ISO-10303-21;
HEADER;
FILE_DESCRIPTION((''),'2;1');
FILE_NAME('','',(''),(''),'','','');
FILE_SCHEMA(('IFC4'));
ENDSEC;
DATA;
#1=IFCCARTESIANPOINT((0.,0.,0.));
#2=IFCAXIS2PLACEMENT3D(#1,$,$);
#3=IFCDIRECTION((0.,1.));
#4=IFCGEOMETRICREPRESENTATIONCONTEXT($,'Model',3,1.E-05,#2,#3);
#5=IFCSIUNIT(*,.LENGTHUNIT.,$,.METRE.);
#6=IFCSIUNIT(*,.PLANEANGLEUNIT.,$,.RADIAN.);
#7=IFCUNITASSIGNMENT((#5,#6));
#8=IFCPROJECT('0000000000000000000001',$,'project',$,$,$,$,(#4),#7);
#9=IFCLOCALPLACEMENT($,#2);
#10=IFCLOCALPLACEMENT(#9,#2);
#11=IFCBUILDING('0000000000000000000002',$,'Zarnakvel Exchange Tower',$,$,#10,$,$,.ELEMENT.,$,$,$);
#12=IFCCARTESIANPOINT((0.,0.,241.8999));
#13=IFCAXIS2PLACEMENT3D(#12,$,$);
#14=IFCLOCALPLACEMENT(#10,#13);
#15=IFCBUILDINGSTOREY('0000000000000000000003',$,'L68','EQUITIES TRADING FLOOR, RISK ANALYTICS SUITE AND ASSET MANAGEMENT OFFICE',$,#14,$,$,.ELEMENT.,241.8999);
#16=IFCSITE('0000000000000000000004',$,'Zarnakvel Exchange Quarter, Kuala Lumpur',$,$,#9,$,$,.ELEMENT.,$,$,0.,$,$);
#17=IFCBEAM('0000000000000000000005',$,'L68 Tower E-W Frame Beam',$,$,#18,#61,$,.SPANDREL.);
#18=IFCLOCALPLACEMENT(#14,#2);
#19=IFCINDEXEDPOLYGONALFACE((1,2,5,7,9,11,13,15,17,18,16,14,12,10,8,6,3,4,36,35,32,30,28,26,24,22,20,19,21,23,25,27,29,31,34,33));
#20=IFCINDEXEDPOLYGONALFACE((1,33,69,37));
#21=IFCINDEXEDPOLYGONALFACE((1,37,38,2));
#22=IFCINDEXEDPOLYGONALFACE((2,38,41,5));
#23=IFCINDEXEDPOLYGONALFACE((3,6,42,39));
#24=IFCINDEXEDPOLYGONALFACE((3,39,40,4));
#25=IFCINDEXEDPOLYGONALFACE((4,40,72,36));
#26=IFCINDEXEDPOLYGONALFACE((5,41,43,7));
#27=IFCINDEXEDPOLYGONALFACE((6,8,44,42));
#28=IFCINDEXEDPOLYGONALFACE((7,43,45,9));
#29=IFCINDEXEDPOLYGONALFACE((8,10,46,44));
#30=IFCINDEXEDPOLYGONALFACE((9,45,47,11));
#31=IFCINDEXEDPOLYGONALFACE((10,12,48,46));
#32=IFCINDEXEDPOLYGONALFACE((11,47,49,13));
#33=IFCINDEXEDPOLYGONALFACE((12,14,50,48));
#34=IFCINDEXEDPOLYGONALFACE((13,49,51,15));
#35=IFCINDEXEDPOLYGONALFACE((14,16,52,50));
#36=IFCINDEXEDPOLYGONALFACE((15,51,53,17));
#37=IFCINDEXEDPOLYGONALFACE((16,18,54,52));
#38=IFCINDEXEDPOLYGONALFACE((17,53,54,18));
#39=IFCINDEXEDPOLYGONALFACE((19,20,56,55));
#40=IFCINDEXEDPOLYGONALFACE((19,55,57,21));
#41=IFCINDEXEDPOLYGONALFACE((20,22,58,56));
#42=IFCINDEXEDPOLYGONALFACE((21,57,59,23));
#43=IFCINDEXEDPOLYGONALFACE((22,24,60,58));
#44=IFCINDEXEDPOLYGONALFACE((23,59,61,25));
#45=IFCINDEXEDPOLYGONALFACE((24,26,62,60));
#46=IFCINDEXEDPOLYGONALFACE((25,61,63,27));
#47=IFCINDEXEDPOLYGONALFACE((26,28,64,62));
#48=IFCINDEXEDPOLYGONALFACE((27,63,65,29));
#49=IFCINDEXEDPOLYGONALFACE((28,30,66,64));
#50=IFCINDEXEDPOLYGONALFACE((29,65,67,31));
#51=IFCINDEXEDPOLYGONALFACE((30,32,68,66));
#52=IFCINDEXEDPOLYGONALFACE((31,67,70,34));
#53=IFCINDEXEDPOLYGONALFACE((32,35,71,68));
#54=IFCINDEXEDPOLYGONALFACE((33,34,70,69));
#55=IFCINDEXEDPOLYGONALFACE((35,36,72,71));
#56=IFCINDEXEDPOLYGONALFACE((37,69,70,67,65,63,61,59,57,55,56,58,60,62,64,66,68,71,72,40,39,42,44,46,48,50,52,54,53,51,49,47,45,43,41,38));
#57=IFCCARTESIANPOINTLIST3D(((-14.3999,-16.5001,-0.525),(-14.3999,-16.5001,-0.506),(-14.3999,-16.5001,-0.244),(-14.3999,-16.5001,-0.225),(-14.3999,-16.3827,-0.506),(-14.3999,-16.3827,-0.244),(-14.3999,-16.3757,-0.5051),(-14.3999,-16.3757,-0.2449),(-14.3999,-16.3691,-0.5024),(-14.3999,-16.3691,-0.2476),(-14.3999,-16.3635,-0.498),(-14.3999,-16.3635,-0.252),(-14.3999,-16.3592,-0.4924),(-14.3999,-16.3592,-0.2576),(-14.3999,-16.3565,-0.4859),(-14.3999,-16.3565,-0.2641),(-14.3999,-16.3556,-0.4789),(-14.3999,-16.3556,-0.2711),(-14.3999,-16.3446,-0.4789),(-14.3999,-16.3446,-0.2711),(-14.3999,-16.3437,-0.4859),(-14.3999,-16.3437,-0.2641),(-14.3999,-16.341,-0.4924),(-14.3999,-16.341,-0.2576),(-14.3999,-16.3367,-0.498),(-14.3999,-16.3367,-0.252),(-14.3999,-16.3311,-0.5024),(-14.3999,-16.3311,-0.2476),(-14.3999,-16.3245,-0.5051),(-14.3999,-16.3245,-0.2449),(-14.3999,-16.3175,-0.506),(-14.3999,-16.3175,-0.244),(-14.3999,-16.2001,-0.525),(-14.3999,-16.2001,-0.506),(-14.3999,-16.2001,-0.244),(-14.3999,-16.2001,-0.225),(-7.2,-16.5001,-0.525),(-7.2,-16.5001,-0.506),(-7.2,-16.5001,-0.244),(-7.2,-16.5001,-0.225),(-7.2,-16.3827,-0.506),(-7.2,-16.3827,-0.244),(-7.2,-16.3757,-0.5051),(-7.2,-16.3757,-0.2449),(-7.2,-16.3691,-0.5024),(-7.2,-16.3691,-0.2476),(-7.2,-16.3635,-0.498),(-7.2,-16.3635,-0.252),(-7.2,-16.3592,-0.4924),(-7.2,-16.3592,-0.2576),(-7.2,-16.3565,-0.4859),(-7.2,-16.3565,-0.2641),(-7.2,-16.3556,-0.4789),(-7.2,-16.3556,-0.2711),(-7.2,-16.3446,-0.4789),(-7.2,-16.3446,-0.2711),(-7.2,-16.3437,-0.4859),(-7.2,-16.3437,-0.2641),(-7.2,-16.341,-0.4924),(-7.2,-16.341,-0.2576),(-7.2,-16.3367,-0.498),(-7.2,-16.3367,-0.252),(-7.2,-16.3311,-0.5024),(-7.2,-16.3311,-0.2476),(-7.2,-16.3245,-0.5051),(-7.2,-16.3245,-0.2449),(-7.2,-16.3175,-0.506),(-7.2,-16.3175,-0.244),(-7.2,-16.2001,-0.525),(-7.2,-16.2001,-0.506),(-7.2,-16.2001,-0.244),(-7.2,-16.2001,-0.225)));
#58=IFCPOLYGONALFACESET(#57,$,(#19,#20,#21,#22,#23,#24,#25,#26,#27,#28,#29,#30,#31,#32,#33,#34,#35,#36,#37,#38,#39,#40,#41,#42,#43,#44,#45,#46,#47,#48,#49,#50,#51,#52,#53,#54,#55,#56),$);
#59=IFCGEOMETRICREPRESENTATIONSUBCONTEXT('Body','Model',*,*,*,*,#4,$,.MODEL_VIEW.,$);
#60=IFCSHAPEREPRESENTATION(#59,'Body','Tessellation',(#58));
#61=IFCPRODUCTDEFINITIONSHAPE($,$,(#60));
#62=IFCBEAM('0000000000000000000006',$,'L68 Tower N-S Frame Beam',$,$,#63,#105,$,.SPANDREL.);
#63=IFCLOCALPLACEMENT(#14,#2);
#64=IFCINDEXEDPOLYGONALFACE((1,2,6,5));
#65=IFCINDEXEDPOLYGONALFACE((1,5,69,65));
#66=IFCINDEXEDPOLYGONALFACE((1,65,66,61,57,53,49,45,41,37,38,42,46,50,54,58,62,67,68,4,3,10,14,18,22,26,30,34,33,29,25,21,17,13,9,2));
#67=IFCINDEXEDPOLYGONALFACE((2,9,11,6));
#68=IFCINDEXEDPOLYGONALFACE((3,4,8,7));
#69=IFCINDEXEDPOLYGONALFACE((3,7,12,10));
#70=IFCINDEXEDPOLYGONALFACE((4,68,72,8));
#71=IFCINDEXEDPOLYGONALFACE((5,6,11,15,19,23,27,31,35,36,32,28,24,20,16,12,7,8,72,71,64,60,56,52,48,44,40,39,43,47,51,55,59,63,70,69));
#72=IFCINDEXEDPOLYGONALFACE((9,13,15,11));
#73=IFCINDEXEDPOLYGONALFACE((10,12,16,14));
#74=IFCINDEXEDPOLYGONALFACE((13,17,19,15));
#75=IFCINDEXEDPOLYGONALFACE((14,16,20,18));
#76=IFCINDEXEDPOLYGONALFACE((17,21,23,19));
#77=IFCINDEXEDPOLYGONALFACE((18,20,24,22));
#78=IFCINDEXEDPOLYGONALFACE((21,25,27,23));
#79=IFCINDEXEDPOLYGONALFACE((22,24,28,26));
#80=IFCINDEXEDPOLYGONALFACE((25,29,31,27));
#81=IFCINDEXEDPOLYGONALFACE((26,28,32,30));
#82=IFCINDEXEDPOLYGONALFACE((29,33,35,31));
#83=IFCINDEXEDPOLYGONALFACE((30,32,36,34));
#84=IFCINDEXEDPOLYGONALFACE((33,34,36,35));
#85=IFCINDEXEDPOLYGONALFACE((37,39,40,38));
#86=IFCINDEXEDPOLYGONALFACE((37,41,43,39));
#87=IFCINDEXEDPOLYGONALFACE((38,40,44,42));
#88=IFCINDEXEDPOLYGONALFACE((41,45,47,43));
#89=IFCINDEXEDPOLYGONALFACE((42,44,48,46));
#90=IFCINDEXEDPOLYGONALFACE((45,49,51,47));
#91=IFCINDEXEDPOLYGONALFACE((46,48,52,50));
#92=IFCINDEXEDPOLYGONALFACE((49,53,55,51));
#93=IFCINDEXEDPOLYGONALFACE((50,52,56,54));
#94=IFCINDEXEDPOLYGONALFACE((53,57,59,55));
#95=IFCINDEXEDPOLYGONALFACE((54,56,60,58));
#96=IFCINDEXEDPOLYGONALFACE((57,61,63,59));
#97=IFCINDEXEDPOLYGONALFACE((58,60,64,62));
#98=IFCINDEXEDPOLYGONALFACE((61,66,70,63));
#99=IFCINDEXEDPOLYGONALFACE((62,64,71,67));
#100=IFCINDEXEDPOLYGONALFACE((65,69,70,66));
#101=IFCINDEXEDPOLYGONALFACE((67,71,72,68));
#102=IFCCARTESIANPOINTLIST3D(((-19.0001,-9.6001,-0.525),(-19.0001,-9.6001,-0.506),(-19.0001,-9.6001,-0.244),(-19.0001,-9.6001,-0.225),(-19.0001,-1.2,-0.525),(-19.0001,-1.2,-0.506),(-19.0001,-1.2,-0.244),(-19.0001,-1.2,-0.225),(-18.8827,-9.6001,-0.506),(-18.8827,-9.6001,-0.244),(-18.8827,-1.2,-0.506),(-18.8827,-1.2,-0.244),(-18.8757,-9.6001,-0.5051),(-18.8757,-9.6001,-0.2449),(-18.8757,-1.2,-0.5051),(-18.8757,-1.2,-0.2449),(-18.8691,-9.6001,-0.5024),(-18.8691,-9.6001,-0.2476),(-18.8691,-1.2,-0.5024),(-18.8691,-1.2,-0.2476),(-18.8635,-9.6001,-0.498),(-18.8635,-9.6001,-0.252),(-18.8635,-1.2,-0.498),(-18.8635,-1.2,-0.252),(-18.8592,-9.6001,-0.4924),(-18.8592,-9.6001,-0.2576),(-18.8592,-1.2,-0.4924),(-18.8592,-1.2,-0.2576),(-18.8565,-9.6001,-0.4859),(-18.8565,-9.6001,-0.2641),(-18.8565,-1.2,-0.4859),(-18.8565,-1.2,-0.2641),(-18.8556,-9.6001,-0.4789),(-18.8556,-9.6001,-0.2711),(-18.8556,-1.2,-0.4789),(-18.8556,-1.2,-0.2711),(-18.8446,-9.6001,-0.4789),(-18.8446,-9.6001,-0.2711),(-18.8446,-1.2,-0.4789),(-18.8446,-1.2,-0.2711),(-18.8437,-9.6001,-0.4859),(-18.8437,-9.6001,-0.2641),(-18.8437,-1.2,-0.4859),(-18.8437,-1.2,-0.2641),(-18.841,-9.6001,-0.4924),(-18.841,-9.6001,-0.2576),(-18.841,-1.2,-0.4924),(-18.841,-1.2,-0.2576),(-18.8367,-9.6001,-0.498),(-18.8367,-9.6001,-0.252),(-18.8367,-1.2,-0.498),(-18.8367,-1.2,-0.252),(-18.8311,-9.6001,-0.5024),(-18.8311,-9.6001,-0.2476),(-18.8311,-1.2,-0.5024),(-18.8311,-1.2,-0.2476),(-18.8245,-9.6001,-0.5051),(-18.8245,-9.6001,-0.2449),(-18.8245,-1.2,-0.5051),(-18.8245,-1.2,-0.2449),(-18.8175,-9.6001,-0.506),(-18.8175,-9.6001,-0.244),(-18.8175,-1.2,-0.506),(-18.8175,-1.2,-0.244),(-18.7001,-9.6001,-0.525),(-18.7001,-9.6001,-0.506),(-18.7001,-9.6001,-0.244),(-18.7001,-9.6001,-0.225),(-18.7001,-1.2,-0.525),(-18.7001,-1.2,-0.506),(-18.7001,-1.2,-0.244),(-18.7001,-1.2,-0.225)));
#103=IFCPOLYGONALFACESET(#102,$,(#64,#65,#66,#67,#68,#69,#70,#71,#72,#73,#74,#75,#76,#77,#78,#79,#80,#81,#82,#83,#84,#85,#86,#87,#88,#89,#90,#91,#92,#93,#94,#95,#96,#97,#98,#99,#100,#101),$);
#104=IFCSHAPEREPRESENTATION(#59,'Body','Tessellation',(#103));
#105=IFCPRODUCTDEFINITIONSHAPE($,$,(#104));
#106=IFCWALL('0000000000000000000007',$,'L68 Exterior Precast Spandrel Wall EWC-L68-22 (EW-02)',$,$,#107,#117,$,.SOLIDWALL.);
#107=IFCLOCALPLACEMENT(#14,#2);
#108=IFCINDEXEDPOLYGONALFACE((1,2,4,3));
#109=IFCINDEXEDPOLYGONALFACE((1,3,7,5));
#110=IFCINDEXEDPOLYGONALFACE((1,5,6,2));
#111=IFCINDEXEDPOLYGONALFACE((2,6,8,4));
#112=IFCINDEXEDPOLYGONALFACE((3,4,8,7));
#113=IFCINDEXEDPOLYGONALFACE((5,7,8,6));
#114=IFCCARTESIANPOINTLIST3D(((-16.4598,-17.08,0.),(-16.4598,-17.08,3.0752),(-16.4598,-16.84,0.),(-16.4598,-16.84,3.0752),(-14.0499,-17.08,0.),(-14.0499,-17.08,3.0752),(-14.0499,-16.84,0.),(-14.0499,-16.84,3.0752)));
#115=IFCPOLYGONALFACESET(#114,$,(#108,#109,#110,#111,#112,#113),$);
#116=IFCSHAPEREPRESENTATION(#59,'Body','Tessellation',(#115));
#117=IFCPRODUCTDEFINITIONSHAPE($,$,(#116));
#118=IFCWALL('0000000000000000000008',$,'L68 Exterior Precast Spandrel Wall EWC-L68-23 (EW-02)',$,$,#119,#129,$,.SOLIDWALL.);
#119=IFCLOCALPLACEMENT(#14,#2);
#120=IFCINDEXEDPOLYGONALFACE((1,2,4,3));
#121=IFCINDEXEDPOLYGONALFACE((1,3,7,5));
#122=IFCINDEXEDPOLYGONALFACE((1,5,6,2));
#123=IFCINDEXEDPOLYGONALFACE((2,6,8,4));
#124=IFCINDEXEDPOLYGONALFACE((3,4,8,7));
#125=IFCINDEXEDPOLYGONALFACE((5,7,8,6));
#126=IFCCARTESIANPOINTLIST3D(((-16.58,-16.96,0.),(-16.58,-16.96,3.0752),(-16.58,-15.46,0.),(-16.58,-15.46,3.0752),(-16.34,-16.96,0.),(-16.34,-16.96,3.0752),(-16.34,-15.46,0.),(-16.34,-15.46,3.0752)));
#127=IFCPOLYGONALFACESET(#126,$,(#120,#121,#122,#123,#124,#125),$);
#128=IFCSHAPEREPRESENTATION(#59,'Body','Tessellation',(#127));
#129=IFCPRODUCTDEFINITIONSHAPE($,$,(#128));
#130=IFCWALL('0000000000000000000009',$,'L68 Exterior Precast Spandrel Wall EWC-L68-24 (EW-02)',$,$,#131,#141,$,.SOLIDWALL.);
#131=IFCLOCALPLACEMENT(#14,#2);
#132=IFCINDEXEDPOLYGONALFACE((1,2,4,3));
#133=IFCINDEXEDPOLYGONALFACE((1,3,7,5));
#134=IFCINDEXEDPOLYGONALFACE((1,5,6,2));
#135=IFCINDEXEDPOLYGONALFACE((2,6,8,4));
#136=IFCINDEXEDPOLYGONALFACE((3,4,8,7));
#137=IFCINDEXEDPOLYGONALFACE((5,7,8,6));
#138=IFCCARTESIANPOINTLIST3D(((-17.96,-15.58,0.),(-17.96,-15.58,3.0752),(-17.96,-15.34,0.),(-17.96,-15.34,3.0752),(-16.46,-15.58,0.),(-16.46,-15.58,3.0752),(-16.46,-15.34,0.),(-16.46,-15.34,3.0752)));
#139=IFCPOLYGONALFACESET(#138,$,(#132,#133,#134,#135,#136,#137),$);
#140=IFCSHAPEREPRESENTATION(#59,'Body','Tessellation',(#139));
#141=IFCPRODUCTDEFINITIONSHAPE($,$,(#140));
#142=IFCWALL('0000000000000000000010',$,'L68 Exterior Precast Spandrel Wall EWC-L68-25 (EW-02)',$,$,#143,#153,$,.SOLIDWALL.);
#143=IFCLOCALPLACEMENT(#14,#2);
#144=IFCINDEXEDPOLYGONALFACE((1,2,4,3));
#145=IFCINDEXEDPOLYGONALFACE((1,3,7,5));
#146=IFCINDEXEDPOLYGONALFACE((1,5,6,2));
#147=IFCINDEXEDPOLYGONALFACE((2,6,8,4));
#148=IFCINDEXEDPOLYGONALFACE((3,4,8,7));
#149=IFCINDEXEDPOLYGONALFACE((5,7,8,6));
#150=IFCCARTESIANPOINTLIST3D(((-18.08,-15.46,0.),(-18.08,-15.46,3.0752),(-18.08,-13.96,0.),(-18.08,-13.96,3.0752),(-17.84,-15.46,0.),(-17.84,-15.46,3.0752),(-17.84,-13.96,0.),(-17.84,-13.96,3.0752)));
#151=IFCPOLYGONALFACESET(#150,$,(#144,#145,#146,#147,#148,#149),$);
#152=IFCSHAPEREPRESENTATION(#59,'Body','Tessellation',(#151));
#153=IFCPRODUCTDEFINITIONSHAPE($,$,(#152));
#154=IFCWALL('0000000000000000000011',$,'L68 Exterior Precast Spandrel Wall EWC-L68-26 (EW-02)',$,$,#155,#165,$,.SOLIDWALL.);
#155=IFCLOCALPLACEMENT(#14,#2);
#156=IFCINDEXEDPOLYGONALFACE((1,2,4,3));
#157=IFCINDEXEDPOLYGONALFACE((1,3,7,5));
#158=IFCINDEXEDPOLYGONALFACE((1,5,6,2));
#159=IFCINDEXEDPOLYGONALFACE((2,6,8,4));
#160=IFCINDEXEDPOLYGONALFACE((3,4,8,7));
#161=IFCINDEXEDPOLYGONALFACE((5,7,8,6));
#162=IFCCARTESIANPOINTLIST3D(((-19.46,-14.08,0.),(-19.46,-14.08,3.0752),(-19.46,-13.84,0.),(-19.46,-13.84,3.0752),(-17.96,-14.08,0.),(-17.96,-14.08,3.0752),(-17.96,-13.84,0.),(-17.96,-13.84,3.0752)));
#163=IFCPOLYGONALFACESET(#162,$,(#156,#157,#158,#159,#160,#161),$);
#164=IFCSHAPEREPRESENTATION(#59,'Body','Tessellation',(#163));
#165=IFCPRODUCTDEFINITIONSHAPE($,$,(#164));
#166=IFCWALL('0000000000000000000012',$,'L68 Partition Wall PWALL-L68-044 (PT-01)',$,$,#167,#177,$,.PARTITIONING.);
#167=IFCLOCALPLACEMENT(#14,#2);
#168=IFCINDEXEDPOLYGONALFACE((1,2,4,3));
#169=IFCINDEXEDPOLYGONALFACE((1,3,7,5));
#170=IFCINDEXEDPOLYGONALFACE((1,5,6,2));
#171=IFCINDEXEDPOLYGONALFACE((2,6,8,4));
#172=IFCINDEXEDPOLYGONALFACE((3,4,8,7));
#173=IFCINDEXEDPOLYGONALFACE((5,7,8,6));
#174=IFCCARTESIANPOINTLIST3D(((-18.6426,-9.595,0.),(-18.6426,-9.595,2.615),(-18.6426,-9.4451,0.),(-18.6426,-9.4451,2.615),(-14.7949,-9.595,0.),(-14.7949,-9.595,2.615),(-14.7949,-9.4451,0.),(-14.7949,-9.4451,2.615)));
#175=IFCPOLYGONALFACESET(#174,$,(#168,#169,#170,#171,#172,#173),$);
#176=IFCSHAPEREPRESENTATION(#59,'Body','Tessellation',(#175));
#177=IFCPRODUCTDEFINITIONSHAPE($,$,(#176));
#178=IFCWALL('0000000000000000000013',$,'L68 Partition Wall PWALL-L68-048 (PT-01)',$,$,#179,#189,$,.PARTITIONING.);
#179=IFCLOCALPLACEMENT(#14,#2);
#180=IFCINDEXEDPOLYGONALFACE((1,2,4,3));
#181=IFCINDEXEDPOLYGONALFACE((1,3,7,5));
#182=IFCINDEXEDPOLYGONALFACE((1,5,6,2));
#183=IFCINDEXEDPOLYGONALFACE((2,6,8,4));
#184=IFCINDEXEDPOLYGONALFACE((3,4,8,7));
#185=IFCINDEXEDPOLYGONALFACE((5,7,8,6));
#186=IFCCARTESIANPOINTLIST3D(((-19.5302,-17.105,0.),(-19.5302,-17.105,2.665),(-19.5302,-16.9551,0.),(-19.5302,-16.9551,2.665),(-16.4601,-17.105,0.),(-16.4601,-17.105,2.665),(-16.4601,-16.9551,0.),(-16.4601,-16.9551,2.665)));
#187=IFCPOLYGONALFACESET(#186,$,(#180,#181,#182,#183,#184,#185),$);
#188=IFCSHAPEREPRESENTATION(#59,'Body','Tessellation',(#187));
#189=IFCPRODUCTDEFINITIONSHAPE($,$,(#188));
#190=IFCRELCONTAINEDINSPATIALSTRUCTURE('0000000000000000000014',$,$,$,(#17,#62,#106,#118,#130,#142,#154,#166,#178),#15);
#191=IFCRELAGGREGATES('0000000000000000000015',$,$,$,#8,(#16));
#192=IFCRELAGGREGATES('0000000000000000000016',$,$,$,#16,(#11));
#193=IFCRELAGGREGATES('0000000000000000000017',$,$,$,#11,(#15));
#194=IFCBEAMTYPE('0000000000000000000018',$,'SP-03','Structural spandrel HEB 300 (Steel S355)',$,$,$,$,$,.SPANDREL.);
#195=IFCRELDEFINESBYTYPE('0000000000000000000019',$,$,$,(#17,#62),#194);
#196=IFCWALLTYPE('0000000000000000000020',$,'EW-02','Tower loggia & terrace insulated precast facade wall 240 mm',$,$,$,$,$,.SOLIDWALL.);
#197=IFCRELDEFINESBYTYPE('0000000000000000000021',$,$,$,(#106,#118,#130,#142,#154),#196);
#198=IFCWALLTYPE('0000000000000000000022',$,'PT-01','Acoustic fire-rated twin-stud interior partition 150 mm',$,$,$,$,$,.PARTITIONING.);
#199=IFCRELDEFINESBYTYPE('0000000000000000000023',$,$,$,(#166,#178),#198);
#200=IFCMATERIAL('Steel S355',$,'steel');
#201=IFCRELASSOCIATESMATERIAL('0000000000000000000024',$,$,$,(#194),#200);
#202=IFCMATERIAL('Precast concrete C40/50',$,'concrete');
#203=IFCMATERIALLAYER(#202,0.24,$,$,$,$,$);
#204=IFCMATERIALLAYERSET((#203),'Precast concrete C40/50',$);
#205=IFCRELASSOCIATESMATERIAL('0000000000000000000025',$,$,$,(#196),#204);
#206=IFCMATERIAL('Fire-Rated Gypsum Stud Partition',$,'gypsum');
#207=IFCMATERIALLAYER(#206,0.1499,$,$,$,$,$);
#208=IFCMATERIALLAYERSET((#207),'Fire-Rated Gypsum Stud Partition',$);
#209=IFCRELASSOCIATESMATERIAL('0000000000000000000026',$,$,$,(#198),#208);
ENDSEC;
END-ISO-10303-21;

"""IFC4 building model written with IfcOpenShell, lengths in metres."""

from ifc_helpers import new_model, si_unit, direction, frame, frame_2d, origin, origin_2d, place, context, subcontext, project, spatial, rectangle, i_section, extrude, material, layer, layer_set, material_profile, profile_set, type_object, element, save


model = new_model("IFC4")

# Units and contexts
model_context = context("Model", 3, precision=1e-05, world=origin(), true_north=direction((0.0, 1.0)))
body_context = subcontext(model_context, "Body", "Model", "MODEL_VIEW")
ifc_project = project(units=[si_unit("LENGTHUNIT", "METRE"), si_unit("PLANEANGLEUNIT", "RADIAN")], contexts=[model_context])

# Site, building, storey
site_placement = place(None, origin())
site = spatial("IfcSite", under=ifc_project, at=site_placement, Name="Zarnakvel Exchange Quarter, Kuala Lumpur", CompositionType="ELEMENT", RefElevation=0.0)
building_placement = place(site_placement, origin())
building = spatial("IfcBuilding", under=site, at=building_placement, Name="Zarnakvel Exchange Tower", CompositionType="ELEMENT")
storey_placement = place(building_placement, frame((0.0, 0.0, 241.8999)))
storey = spatial("IfcBuildingStorey", under=building, at=storey_placement, Name="L68", Description="EQUITIES TRADING FLOOR, RISK ANALYTICS SUITE AND ASSET MANAGEMENT OFFICE", CompositionType="ELEMENT", Elevation=241.8999)

# Shared definitions
ifc_material_1 = material(Name="Steel S355", Category="steel")

# Beams
ifc_material_profile_1 = material_profile(ifc_material_1, i_section(OverallWidth=0.3, OverallDepth=0.3, WebThickness=0.011, FlangeThickness=0.019, FilletRadius=0.0271, at=origin_2d()))
ifc_profile_set_1 = profile_set([ifc_material_profile_1], Name="Steel S355")
beam_type_1 = type_object("IfcBeamType", Name="SP-03", Description="Structural spandrel HEB 300 (Steel S355)", PredefinedType="SPANDREL", material=ifc_profile_set_1)
beam_1_placement = place(storey_placement, frame((-14.3999, -16.3501, -0.375), z_axis=(1.0, 0.0, 0.0), x_axis=(0.0, 1.0, 0.0)))
element("IfcBeam", 1, at=beam_1_placement, inside=storey, type_object=beam_type_1, Name="L68 Tower E-W Frame Beam", PredefinedType="SPANDREL", context=body_context, shape_type="SweptSolid", body=[
    extrude(i_section(OverallWidth=0.3, OverallDepth=0.3, WebThickness=0.011, FlangeThickness=0.019, FilletRadius=0.0271, at=origin_2d()), origin(), (0.0, 0.0, 1.0), 7.2),
])
beam_2_placement = place(storey_placement, frame((-18.8501, -9.6001, -0.375), z_axis=(0.0, 1.0, 0.0), x_axis=(-1.0, 0.0, 0.0)))
element("IfcBeam", 2, at=beam_2_placement, inside=storey, type_object=beam_type_1, Name="L68 Tower N-S Frame Beam", PredefinedType="SPANDREL", context=body_context, shape_type="SweptSolid", body=[
    extrude(i_section(OverallWidth=0.3, OverallDepth=0.3, WebThickness=0.011, FlangeThickness=0.019, FilletRadius=0.0271, at=origin_2d()), origin(), (0.0, 0.0, 1.0), 8.4001),
])

# Walls
ifc_material_2 = material(Name="Precast concrete C40/50", Category="concrete")
ifc_layer_1 = layer(ifc_material_2, 0.24)
ifc_layer_set_1 = layer_set([ifc_layer_1], Name="Precast concrete C40/50")
wall_type_1 = type_object("IfcWallType", Name="EW-02", Description="Tower loggia & terrace insulated precast facade wall 240 mm", PredefinedType="SOLIDWALL", material=ifc_layer_set_1)
wall_1_placement = place(storey_placement, frame((-16.46, -16.96, 0.0), z_axis=(0.0, 0.0, 1.0), x_axis=(1.0, 0.0, 0.0)))
element("IfcWall", 3, at=wall_1_placement, inside=storey, type_object=wall_type_1, Name="L68 Exterior Precast Spandrel Wall EWC-L68-22 (EW-02)", PredefinedType="SOLIDWALL", context=body_context, shape_type="SweptSolid", body=[
    extrude(rectangle(XDim=2.4099, YDim=0.24, at=frame_2d((1.2051, 0.0))), origin(), (0.0, 0.0, 1.0), 3.0752),
])
for number, where, z_axis, x_axis, name in (
    (4, (-16.46, -15.46, 0.0), (0.0, 0.0, 1.0), (0.0, -1.0, 0.0), "L68 Exterior Precast Spandrel Wall EWC-L68-23 (EW-02)"),
    (5, (-17.96, -15.46, 0.0), (0.0, 0.0, 1.0), (1.0, 0.0, 0.0), "L68 Exterior Precast Spandrel Wall EWC-L68-24 (EW-02)"),
    (6, (-17.96, -13.96, 0.0), (0.0, 0.0, 1.0), (0.0, -1.0, 0.0), "L68 Exterior Precast Spandrel Wall EWC-L68-25 (EW-02)"),
    (7, (-19.46, -13.96, 0.0), (0.0, 0.0, 1.0), (1.0, 0.0, 0.0), "L68 Exterior Precast Spandrel Wall EWC-L68-26 (EW-02)"),
):
    element("IfcWall", number, at=place(storey_placement, frame(where, z_axis=z_axis, x_axis=x_axis)), inside=storey, type_object=wall_type_1, Name=name, PredefinedType="SOLIDWALL", context=body_context, shape_type="SweptSolid", body=[
        extrude(rectangle(XDim=1.5, YDim=0.24, at=frame_2d((0.75, 0.0))), origin(), (0.0, 0.0, 1.0), 3.0752),
    ])
ifc_material_3 = material(Name="Fire-Rated Gypsum Stud Partition", Category="gypsum")
ifc_layer_2 = layer(ifc_material_3, 0.1499)
ifc_layer_set_2 = layer_set([ifc_layer_2], Name="Fire-Rated Gypsum Stud Partition")
wall_type_2 = type_object("IfcWallType", Name="PT-01", Description="Acoustic fire-rated twin-stud interior partition 150 mm", PredefinedType="PARTITIONING", material=ifc_layer_set_2)
wall_2_placement = place(storey_placement, frame((-14.7949, -9.52, 0.0), z_axis=(0.0, 0.0, 1.0), x_axis=(-1.0, 0.0, 0.0)))
element("IfcWall", 8, at=wall_2_placement, inside=storey, type_object=wall_type_2, Name="L68 Partition Wall PWALL-L68-044 (PT-01)", PredefinedType="PARTITIONING", context=body_context, shape_type="SweptSolid", body=[
    extrude(rectangle(XDim=3.8477, YDim=0.1499, at=frame_2d((1.9238, 0.0))), origin(), (0.0, 0.0, 1.0), 2.615),
])
wall_3_placement = place(storey_placement, frame((-16.46, -17.03, 0.0), z_axis=(0.0, 0.0, 1.0), x_axis=(-1.0, 0.0, 0.0)))
element("IfcWall", 9, at=wall_3_placement, inside=storey, type_object=wall_type_2, Name="L68 Partition Wall PWALL-L68-048 (PT-01)", PredefinedType="PARTITIONING", context=body_context, shape_type="SweptSolid", body=[
    extrude(rectangle(XDim=3.0701, YDim=0.1499, at=frame_2d((1.5352, 0.0))), origin(), (0.0, 0.0, 1.0), 2.665),
])

save(model, "model.ifc")
